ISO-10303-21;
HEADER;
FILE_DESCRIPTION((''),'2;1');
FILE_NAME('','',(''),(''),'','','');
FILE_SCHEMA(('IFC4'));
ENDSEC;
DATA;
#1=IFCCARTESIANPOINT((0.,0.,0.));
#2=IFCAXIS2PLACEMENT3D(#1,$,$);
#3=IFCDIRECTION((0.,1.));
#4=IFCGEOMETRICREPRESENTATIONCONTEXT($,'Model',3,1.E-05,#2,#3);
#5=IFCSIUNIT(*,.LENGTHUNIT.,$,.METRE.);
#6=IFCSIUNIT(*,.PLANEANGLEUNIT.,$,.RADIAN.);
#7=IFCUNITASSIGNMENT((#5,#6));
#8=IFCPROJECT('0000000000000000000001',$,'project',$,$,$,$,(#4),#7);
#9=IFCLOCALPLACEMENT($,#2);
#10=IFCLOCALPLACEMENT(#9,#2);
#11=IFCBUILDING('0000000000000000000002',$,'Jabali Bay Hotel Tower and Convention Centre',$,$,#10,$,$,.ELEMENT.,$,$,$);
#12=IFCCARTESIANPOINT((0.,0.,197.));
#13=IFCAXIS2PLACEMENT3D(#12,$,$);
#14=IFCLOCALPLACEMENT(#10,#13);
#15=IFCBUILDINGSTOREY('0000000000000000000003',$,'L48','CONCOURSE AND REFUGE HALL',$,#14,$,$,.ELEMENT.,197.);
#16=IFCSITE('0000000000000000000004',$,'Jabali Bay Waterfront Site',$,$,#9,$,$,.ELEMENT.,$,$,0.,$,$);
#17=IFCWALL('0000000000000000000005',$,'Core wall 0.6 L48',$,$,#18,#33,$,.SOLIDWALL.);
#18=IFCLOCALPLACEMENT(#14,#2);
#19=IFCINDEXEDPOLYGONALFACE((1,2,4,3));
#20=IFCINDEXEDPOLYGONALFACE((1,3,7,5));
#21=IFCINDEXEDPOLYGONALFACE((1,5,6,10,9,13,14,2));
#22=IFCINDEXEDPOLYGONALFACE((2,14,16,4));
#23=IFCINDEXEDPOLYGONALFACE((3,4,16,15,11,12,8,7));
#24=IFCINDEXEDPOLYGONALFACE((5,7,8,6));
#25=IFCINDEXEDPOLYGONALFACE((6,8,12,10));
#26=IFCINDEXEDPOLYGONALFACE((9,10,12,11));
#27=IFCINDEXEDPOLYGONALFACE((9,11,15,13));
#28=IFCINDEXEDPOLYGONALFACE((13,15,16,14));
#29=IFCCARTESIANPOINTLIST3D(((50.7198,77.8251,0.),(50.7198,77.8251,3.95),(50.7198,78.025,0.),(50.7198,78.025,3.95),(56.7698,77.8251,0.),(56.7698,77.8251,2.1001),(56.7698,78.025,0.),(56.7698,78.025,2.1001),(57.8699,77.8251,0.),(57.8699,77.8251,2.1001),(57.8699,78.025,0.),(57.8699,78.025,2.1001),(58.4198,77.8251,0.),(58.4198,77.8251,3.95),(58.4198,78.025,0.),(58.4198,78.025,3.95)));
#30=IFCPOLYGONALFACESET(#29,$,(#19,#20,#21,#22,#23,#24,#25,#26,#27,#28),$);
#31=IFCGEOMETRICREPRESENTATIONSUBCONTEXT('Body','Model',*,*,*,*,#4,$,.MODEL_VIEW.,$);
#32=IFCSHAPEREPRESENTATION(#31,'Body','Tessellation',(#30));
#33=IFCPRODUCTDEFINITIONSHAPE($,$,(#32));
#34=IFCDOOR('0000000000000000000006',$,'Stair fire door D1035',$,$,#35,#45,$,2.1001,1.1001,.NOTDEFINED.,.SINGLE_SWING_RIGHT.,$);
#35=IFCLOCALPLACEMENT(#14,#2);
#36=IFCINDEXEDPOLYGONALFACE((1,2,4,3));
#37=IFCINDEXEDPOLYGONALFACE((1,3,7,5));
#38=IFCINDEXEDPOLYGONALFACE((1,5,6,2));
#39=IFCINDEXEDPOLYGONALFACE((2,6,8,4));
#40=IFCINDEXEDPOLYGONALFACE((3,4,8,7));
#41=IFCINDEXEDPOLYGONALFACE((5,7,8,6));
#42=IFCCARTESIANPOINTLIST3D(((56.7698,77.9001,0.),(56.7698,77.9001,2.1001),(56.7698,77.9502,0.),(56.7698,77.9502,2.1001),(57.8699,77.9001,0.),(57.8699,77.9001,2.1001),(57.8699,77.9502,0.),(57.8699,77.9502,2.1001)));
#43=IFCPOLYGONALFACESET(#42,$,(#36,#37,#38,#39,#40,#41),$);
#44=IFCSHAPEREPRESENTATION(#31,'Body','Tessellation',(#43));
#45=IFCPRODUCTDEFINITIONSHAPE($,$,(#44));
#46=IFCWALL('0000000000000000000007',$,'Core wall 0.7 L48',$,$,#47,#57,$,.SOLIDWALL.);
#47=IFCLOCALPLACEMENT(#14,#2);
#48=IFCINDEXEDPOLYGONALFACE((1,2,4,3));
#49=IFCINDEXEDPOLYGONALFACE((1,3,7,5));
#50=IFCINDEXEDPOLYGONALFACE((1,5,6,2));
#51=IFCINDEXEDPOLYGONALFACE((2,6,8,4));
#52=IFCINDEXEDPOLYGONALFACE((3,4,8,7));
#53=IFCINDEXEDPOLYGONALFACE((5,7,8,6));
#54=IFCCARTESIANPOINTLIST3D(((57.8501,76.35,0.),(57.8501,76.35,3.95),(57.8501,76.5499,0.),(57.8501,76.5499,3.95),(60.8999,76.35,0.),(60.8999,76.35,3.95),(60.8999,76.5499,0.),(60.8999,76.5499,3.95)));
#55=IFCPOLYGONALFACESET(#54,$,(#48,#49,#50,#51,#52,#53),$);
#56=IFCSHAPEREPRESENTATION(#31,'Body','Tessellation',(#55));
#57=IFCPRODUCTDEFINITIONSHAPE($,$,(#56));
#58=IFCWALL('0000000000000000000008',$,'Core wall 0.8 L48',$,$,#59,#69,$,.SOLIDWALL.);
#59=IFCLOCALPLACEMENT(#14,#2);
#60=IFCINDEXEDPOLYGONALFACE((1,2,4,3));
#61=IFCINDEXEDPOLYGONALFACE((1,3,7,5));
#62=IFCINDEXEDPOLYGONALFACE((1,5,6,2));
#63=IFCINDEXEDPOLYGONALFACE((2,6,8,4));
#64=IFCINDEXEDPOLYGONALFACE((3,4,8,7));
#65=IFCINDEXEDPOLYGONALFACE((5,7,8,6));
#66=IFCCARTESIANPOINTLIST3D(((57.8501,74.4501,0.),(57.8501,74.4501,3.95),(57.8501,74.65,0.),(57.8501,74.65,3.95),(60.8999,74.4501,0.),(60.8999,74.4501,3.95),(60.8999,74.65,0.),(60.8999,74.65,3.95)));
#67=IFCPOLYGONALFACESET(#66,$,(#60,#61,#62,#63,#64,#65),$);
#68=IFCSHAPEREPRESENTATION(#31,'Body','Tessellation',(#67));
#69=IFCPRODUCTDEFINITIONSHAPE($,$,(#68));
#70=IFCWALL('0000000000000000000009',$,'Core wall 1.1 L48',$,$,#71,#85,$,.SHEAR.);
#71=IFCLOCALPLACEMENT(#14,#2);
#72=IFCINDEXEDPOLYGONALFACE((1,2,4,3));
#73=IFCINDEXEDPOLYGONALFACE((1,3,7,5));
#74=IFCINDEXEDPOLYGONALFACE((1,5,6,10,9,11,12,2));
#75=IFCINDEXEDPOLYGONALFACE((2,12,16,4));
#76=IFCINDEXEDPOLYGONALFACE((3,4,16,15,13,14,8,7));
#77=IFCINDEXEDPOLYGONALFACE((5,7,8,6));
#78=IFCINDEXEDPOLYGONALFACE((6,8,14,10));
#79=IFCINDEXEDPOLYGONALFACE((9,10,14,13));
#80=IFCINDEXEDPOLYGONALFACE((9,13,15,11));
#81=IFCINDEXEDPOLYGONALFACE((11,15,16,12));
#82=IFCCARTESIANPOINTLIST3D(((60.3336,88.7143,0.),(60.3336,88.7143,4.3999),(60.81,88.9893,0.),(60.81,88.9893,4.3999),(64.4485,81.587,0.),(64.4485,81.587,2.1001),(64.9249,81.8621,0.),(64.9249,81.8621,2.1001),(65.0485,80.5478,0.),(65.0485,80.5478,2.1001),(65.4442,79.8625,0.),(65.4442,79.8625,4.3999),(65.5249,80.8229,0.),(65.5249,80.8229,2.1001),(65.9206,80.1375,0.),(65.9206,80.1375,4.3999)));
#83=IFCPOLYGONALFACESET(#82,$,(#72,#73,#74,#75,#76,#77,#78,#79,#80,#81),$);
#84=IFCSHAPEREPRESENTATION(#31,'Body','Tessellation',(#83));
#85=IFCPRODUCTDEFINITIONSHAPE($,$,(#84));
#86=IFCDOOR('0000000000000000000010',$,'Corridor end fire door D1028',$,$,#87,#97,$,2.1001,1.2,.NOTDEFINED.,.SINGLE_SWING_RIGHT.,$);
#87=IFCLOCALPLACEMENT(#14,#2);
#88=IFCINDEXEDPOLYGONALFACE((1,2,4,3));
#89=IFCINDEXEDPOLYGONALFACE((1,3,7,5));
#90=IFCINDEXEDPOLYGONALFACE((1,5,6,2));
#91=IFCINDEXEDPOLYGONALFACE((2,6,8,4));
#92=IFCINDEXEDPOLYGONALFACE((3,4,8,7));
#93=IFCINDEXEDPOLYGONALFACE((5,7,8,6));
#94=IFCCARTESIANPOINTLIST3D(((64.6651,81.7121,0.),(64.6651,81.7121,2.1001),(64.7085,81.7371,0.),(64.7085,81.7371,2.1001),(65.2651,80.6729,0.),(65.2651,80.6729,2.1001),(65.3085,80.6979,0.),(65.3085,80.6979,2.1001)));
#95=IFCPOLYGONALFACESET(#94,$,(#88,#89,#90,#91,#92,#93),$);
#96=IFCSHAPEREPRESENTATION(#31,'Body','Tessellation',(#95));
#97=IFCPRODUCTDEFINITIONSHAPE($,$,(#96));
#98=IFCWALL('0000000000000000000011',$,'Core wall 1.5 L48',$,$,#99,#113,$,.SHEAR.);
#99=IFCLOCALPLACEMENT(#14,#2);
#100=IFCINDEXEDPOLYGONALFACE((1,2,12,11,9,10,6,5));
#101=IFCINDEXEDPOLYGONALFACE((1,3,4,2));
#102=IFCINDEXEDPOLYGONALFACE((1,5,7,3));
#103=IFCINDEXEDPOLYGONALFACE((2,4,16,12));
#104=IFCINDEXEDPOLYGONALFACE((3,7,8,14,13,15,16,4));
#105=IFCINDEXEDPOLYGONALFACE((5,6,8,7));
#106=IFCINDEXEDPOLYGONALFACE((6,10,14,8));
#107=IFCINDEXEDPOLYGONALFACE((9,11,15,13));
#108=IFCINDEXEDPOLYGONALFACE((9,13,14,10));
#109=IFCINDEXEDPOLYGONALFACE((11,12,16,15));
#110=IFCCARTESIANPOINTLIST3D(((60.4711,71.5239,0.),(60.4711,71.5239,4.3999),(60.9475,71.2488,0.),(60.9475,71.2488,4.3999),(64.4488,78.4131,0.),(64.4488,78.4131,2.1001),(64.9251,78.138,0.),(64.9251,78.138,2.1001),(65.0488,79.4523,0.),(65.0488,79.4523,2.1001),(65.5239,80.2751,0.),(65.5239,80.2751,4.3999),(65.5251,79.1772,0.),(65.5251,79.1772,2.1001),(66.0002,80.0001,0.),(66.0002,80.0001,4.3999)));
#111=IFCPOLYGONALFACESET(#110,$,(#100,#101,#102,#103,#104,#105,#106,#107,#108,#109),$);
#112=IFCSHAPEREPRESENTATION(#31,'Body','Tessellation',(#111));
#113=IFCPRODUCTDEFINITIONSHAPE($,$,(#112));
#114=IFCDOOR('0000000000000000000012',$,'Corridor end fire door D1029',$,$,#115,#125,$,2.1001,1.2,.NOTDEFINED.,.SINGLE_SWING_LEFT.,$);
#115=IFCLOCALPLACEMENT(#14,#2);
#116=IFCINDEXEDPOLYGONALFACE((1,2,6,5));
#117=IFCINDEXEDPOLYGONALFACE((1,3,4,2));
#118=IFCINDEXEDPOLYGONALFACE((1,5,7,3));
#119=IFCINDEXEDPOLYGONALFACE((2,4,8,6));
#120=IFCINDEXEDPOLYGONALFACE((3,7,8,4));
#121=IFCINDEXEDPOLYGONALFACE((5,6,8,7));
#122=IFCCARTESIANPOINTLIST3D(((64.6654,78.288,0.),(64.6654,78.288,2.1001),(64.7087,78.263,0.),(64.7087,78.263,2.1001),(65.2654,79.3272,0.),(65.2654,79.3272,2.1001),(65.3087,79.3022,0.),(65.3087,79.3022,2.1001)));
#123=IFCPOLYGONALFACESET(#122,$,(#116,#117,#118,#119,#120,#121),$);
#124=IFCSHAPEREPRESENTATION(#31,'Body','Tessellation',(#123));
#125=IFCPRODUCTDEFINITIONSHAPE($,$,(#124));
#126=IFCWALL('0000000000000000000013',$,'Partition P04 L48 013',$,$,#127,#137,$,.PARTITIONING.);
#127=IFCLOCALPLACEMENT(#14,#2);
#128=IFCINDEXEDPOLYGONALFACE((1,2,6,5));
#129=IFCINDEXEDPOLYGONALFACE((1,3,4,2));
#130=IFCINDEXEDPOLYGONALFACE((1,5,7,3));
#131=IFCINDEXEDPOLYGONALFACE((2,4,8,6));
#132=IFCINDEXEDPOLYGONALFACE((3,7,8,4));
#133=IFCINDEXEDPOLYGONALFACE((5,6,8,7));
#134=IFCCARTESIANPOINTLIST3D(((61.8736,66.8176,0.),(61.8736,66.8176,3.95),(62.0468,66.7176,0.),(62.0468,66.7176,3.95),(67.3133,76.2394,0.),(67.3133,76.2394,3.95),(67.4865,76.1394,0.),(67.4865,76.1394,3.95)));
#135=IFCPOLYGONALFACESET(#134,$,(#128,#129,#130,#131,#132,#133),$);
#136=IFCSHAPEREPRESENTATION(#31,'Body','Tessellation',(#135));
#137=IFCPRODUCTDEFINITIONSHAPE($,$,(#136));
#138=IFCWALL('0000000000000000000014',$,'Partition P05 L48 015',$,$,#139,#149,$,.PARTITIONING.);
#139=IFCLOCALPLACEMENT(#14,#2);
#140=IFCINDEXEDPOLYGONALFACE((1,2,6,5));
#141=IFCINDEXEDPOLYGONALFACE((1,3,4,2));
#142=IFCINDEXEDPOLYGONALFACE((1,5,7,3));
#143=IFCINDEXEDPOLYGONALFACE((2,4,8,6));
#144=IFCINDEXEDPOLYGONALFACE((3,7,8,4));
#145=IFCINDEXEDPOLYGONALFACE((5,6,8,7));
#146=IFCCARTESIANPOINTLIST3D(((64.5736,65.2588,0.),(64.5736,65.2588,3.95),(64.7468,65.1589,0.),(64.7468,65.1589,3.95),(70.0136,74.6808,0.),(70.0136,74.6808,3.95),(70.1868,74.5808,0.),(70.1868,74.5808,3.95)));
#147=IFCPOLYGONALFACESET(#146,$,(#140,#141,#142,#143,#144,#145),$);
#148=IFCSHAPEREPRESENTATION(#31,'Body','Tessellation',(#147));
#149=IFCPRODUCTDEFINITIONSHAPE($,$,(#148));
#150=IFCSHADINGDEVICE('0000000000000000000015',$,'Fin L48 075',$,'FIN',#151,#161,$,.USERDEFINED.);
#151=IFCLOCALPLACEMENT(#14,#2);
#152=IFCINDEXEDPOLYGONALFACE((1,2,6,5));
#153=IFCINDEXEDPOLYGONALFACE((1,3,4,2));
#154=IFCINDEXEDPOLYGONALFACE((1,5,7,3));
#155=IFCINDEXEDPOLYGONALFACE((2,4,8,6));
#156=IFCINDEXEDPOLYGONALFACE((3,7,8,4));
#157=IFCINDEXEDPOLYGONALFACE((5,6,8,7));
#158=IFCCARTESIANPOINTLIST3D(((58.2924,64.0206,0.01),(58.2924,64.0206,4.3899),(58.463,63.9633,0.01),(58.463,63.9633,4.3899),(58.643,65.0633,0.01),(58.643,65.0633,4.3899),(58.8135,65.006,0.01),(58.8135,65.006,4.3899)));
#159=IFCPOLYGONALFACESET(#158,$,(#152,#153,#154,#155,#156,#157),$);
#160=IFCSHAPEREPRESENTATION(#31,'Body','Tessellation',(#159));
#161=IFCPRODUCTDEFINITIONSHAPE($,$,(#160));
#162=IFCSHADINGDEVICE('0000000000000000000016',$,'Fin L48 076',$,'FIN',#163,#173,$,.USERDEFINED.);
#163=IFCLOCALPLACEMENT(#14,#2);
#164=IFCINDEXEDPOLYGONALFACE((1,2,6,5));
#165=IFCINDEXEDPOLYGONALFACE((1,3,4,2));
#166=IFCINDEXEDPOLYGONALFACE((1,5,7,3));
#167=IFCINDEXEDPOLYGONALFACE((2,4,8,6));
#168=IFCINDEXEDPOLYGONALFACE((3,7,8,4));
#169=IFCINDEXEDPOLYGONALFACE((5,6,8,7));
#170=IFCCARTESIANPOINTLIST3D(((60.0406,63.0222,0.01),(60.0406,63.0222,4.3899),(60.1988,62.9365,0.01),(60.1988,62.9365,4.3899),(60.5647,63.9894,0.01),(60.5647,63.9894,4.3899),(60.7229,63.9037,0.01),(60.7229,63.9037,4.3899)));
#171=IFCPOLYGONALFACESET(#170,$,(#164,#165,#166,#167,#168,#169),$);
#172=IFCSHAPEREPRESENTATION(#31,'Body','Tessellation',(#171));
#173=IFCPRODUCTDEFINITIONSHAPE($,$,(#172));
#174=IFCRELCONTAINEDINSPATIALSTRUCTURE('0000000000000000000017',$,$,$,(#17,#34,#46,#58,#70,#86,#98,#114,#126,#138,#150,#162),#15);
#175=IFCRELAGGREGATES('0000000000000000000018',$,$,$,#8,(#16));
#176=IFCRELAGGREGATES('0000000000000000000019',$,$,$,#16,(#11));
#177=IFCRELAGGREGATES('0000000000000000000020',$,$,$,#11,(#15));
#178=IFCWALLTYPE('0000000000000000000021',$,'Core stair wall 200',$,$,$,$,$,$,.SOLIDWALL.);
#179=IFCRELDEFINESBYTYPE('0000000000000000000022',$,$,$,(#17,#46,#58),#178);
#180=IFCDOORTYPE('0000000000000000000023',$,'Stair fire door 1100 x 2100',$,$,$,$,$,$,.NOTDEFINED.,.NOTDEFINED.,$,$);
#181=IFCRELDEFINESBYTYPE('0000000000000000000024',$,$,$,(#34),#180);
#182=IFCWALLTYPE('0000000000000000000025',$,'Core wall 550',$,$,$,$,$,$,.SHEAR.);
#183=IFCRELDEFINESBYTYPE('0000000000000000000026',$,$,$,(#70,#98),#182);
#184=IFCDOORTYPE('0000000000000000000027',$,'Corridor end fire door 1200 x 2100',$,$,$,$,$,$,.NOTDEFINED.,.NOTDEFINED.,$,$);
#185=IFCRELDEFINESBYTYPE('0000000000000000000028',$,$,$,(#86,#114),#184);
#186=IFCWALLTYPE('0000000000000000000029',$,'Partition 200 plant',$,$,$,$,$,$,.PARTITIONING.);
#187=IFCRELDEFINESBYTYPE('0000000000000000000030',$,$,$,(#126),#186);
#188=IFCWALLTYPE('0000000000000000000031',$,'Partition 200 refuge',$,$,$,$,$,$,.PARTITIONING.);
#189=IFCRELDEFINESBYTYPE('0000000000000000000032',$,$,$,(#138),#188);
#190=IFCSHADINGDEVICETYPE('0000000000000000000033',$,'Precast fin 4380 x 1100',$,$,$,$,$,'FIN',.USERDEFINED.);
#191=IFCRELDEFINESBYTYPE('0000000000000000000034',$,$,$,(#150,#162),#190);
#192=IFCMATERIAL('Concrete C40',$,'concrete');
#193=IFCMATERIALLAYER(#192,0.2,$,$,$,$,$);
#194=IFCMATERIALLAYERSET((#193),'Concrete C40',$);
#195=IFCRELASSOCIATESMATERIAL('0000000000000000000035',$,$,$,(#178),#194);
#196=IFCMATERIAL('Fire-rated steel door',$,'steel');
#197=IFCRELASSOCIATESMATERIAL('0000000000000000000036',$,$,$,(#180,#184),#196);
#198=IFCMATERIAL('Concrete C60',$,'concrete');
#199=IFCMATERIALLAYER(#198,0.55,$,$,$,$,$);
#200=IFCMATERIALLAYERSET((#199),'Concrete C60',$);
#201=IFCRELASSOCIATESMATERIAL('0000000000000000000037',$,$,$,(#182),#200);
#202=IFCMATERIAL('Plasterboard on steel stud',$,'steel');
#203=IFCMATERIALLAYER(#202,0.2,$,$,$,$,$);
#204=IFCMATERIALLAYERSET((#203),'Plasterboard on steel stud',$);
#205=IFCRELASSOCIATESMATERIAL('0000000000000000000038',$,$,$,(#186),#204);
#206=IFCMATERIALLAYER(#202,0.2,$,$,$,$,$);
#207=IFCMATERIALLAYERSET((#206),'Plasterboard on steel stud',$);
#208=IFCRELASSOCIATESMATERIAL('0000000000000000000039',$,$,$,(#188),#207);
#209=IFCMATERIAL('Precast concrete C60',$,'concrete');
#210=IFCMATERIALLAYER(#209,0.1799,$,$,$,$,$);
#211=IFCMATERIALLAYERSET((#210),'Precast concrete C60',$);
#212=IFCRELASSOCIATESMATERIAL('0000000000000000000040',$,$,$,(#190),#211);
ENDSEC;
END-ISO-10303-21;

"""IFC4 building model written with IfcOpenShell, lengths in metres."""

from ifc_helpers import new_model, si_unit, direction, frame, frame_2d, origin, place, context, subcontext, project, spatial, rectangle, extrude, material, layer, layer_set, type_object, element, fill, save


model = new_model("IFC4")

# Units and contexts
model_context = context("Model", 3, precision=1e-05, world=origin(), true_north=direction((0.0, 1.0)))
body_context = subcontext(model_context, "Body", "Model", "MODEL_VIEW")
ifc_project = project(units=[si_unit("LENGTHUNIT", "METRE"), si_unit("PLANEANGLEUNIT", "RADIAN")], contexts=[model_context])

# Site, building, storey
site_placement = place(None, origin())
site = spatial("IfcSite", under=ifc_project, at=site_placement, Name="Jabali Bay Waterfront Site", CompositionType="ELEMENT", RefElevation=0.0)
building_placement = place(site_placement, origin())
building = spatial("IfcBuilding", under=site, at=building_placement, Name="Jabali Bay Hotel Tower and Convention Centre", CompositionType="ELEMENT")
storey_placement = place(building_placement, frame((0.0, 0.0, 197.0)))
storey = spatial("IfcBuildingStorey", under=building, at=storey_placement, Name="L48", Description="CONCOURSE AND REFUGE HALL", CompositionType="ELEMENT", Elevation=197.0)

# Wall, opening, door
ifc_material_1 = material(Name="Concrete C40", Category="concrete")
ifc_layer_1 = layer(ifc_material_1, 0.2)
ifc_layer_set_1 = layer_set([ifc_layer_1], Name="Concrete C40")
wall_type_1 = type_object("IfcWallType", Name="Core stair wall 200", PredefinedType="SOLIDWALL", material=ifc_layer_set_1)
wall_1_placement = place(storey_placement, frame((58.4199, 77.925, 0.0), z_axis=(0.0, 0.0, 1.0), x_axis=(-1.0, 0.0, 0.0)))
wall_1 = element("IfcWall", 1, at=wall_1_placement, inside=storey, type_object=wall_type_1, Name="Core wall 0.6 L48", PredefinedType="SOLIDWALL", context=body_context, shape_type="SweptSolid", body=[
    extrude(rectangle(XDim=7.7, YDim=0.2, at=frame_2d((3.8501, 0.0))), origin(), (0.0, 0.0, 1.0), 3.95),
])
opening_1_placement = place(wall_1_placement, frame((0.55, 0.0, 0.0)))
opening_1 = element("IfcOpeningElement", 2, at=opening_1_placement, cuts=wall_1, PredefinedType="OPENING", context=body_context, shape_type="SweptSolid", body=[
    extrude(rectangle(XDim=1.1001, YDim=2.1001, at=frame_2d((0.55, 1.05))), frame((0.0, 0.1104, 0.0), z_axis=(0.0, -1.0, 0.0), x_axis=(1.0, 0.0, 0.0)), (0.0, 0.0, 1.0), 0.2209),
])
ifc_material_2 = material(Name="Fire-rated steel door", Category="steel")
door_type_1 = type_object("IfcDoorType", Name="Stair fire door 1100 x 2100", OperationType="NOTDEFINED", PredefinedType="NOTDEFINED", material=ifc_material_2)
door_1_placement = place(opening_1_placement, origin())
door_1 = element("IfcDoor", 3, at=door_1_placement, inside=storey, type_object=door_type_1, Name="Stair fire door D1035", OperationType="SINGLE_SWING_RIGHT", OverallHeight=2.1001, OverallWidth=1.1001, PredefinedType="NOTDEFINED", context=body_context, shape_type="SweptSolid", body=[
    extrude(rectangle(XDim=1.1001, YDim=2.1001, at=frame_2d((0.55, 1.05))), frame((0.0, 0.0249, 0.0), z_axis=(0.0, -1.0, 0.0), x_axis=(1.0, 0.0, 0.0)), (0.0, 0.0, 1.0), 0.05),
])
fill(opening_1, door_1)

# Walls
for number, where, z_axis, x_axis, name in (
    (4, (60.8999, 76.45, 0.0), (0.0, 0.0, 1.0), (-1.0, 0.0, 0.0), "Core wall 0.7 L48"),
    (5, (60.8999, 74.55, 0.0), (0.0, 0.0, 1.0), (-1.0, 0.0, 0.0), "Core wall 0.8 L48"),
):
    element("IfcWall", number, at=place(storey_placement, frame(where, z_axis=z_axis, x_axis=x_axis)), inside=storey, type_object=wall_type_1, Name=name, PredefinedType="SOLIDWALL", context=body_context, shape_type="SweptSolid", body=[
        extrude(rectangle(XDim=3.0498, YDim=0.2, at=frame_2d((1.5249, 0.0))), origin(), (0.0, 0.0, 1.0), 3.95),
    ])

# Walls, openings, doors
ifc_material_3 = material(Name="Concrete C60", Category="concrete")
ifc_layer_2 = layer(ifc_material_3, 0.55)
ifc_layer_set_2 = layer_set([ifc_layer_2], Name="Concrete C60")
wall_type_2 = type_object("IfcWallType", Name="Core wall 550", PredefinedType="SHEAR", material=ifc_layer_set_2)
wall_2_placement = place(storey_placement, frame((65.6824, 80.0, 0.0), z_axis=(0.0, 0.0, 1.0), x_axis=(-0.5, 0.866025, 0.0)))
wall_2 = element("IfcWall", 6, at=wall_2_placement, inside=storey, type_object=wall_type_2, Name="Core wall 1.1 L48", PredefinedType="SHEAR", context=body_context, shape_type="SweptSolid", body=[
    extrude(rectangle(XDim=10.2212, YDim=0.55, at=frame_2d((5.1106, 0.0))), origin(), (0.0, 0.0, 1.0), 4.3999),
])
opening_2_placement = place(wall_2_placement, frame((0.7913, 0.0, 0.0)))
opening_2 = element("IfcOpeningElement", 7, at=opening_2_placement, cuts=wall_2, PredefinedType="OPENING", context=body_context, shape_type="SweptSolid", body=[
    extrude(rectangle(XDim=1.2, YDim=2.1001, at=frame_2d((0.6001, 1.05))), frame((0.0, 0.2856, 0.0), z_axis=(0.0, -1.0, 0.0), x_axis=(1.0, 0.0, 0.0)), (0.0, 0.0, 1.0), 0.571),
])
door_type_2 = type_object("IfcDoorType", Name="Corridor end fire door 1200 x 2100", OperationType="NOTDEFINED", PredefinedType="NOTDEFINED", material=ifc_material_2)
door_2_placement = place(opening_2_placement, origin())
door_2 = element("IfcDoor", 8, at=door_2_placement, inside=storey, type_object=door_type_2, Name="Corridor end fire door D1028", OperationType="SINGLE_SWING_RIGHT", OverallHeight=2.1001, OverallWidth=1.2, PredefinedType="NOTDEFINED", context=body_context, shape_type="SweptSolid", body=[
    extrude(rectangle(XDim=1.2, YDim=2.1001, at=frame_2d((0.6001, 1.05))), frame((0.0, 0.0249, 0.0), z_axis=(0.0, -1.0, 0.0), x_axis=(1.0, 0.0, 0.0)), (0.0, 0.0, 1.0), 0.05),
])
fill(opening_2, door_2)
wall_3_placement = place(storey_placement, frame((60.7092, 71.3862, 0.0), z_axis=(0.0, 0.0, 1.0), x_axis=(0.500016, 0.866016, 0.0)))
wall_3 = element("IfcWall", 9, at=wall_3_placement, inside=storey, type_object=wall_type_2, Name="Core wall 1.5 L48", PredefinedType="SHEAR", context=body_context, shape_type="SweptSolid", body=[
    extrude(rectangle(XDim=10.1052, YDim=0.55, at=frame_2d((5.0527, 0.0))), origin(), (0.0, 0.0, 1.0), 4.3999),
])
opening_3_placement = place(wall_3_placement, frame((7.9551, 0.0, 0.0)))
opening_3 = element("IfcOpeningElement", 10, at=opening_3_placement, cuts=wall_3, PredefinedType="OPENING", context=body_context, shape_type="SweptSolid", body=[
    extrude(rectangle(XDim=1.2, YDim=2.1001, at=frame_2d((0.6001, 1.05))), frame((0.0, 0.2856, 0.0), z_axis=(0.0, -1.0, 0.0), x_axis=(1.0, 0.0, 0.0)), (0.0, 0.0, 1.0), 0.571),
])
door_3_placement = place(opening_3_placement, origin())
door_3 = element("IfcDoor", 11, at=door_3_placement, inside=storey, type_object=door_type_2, Name="Corridor end fire door D1029", OperationType="SINGLE_SWING_LEFT", OverallHeight=2.1001, OverallWidth=1.2, PredefinedType="NOTDEFINED", context=body_context, shape_type="SweptSolid", body=[
    extrude(rectangle(XDim=1.2, YDim=2.1001, at=frame_2d((0.6001, 1.05))), frame((0.0, 0.0249, 0.0), z_axis=(0.0, -1.0, 0.0), x_axis=(1.0, 0.0, 0.0)), (0.0, 0.0, 1.0), 0.05),
])
fill(opening_3, door_3)

# Wall
ifc_material_4 = material(Name="Plasterboard on steel stud", Category="steel")
ifc_layer_3 = layer(ifc_material_4, 0.2)
ifc_layer_set_3 = layer_set([ifc_layer_3], Name="Plasterboard on steel stud")
wall_type_3 = type_object("IfcWallType", Name="Partition 200 plant", PredefinedType="PARTITIONING", material=ifc_layer_set_3)
wall_4_placement = place(storey_placement, frame((61.9602, 66.7676, 0.0), z_axis=(0.0, 0.0, 1.0), x_axis=(0.499998, 0.866026, 0.0)))
element("IfcWall", 12, at=wall_4_placement, inside=storey, type_object=wall_type_3, Name="Partition P04 L48 013", PredefinedType="PARTITIONING", context=body_context, shape_type="SweptSolid", body=[
    extrude(rectangle(XDim=10.8794, YDim=0.2, at=frame_2d((5.4397, 0.0))), origin(), (0.0, 0.0, 1.0), 3.95),
])

# Wall
ifc_layer_4 = layer(ifc_material_4, 0.2)
ifc_layer_set_4 = layer_set([ifc_layer_4], Name="Plasterboard on steel stud")
wall_type_4 = type_object("IfcWallType", Name="Partition 200 refuge", PredefinedType="PARTITIONING", material=ifc_layer_set_4)
wall_5_placement = place(storey_placement, frame((64.6602, 65.2087, 0.0), z_axis=(0.0, 0.0, 1.0), x_axis=(0.500015, 0.866017, 0.0)))
element("IfcWall", 13, at=wall_5_placement, inside=storey, type_object=wall_type_4, Name="Partition P05 L48 015", PredefinedType="PARTITIONING", context=body_context, shape_type="SweptSolid", body=[
    extrude(rectangle(XDim=10.8796, YDim=0.2, at=frame_2d((5.4399, 0.0))), origin(), (0.0, 0.0, 1.0), 3.95),
])

# Shading devices
ifc_material_5 = material(Name="Precast concrete C60", Category="concrete")
ifc_layer_5 = layer(ifc_material_5, 0.1799)
ifc_layer_set_5 = layer_set([ifc_layer_5], Name="Precast concrete C60")
shading_device_type = type_object("IfcShadingDeviceType", Name="Precast fin 4380 x 1100", ElementType="FIN", PredefinedType="USERDEFINED", material=ifc_layer_set_5)
for number, where, z_axis, x_axis, name in (
    (14, (58.7283, 65.0347, 0.01), (0.0, 0.0, 1.0), (-0.31869, -0.947859, 0.0), "Fin L48 075"),
    (15, (60.6438, 63.9465, 0.01), (0.0, 0.0, 1.0), (-0.47644, -0.879207, 0.0), "Fin L48 076"),
):
    element("IfcShadingDevice", number, at=place(storey_placement, frame(where, z_axis=z_axis, x_axis=x_axis)), inside=storey, type_object=shading_device_type, Name=name, ObjectType="FIN", PredefinedType="USERDEFINED", context=body_context, shape_type="SweptSolid", body=[
        extrude(rectangle(XDim=1.1001, YDim=0.1799, at=frame_2d((0.55, 0.0))), origin(), (0.0, 0.0, 1.0), 4.3799),
    ])

save(model, "model.ifc")
